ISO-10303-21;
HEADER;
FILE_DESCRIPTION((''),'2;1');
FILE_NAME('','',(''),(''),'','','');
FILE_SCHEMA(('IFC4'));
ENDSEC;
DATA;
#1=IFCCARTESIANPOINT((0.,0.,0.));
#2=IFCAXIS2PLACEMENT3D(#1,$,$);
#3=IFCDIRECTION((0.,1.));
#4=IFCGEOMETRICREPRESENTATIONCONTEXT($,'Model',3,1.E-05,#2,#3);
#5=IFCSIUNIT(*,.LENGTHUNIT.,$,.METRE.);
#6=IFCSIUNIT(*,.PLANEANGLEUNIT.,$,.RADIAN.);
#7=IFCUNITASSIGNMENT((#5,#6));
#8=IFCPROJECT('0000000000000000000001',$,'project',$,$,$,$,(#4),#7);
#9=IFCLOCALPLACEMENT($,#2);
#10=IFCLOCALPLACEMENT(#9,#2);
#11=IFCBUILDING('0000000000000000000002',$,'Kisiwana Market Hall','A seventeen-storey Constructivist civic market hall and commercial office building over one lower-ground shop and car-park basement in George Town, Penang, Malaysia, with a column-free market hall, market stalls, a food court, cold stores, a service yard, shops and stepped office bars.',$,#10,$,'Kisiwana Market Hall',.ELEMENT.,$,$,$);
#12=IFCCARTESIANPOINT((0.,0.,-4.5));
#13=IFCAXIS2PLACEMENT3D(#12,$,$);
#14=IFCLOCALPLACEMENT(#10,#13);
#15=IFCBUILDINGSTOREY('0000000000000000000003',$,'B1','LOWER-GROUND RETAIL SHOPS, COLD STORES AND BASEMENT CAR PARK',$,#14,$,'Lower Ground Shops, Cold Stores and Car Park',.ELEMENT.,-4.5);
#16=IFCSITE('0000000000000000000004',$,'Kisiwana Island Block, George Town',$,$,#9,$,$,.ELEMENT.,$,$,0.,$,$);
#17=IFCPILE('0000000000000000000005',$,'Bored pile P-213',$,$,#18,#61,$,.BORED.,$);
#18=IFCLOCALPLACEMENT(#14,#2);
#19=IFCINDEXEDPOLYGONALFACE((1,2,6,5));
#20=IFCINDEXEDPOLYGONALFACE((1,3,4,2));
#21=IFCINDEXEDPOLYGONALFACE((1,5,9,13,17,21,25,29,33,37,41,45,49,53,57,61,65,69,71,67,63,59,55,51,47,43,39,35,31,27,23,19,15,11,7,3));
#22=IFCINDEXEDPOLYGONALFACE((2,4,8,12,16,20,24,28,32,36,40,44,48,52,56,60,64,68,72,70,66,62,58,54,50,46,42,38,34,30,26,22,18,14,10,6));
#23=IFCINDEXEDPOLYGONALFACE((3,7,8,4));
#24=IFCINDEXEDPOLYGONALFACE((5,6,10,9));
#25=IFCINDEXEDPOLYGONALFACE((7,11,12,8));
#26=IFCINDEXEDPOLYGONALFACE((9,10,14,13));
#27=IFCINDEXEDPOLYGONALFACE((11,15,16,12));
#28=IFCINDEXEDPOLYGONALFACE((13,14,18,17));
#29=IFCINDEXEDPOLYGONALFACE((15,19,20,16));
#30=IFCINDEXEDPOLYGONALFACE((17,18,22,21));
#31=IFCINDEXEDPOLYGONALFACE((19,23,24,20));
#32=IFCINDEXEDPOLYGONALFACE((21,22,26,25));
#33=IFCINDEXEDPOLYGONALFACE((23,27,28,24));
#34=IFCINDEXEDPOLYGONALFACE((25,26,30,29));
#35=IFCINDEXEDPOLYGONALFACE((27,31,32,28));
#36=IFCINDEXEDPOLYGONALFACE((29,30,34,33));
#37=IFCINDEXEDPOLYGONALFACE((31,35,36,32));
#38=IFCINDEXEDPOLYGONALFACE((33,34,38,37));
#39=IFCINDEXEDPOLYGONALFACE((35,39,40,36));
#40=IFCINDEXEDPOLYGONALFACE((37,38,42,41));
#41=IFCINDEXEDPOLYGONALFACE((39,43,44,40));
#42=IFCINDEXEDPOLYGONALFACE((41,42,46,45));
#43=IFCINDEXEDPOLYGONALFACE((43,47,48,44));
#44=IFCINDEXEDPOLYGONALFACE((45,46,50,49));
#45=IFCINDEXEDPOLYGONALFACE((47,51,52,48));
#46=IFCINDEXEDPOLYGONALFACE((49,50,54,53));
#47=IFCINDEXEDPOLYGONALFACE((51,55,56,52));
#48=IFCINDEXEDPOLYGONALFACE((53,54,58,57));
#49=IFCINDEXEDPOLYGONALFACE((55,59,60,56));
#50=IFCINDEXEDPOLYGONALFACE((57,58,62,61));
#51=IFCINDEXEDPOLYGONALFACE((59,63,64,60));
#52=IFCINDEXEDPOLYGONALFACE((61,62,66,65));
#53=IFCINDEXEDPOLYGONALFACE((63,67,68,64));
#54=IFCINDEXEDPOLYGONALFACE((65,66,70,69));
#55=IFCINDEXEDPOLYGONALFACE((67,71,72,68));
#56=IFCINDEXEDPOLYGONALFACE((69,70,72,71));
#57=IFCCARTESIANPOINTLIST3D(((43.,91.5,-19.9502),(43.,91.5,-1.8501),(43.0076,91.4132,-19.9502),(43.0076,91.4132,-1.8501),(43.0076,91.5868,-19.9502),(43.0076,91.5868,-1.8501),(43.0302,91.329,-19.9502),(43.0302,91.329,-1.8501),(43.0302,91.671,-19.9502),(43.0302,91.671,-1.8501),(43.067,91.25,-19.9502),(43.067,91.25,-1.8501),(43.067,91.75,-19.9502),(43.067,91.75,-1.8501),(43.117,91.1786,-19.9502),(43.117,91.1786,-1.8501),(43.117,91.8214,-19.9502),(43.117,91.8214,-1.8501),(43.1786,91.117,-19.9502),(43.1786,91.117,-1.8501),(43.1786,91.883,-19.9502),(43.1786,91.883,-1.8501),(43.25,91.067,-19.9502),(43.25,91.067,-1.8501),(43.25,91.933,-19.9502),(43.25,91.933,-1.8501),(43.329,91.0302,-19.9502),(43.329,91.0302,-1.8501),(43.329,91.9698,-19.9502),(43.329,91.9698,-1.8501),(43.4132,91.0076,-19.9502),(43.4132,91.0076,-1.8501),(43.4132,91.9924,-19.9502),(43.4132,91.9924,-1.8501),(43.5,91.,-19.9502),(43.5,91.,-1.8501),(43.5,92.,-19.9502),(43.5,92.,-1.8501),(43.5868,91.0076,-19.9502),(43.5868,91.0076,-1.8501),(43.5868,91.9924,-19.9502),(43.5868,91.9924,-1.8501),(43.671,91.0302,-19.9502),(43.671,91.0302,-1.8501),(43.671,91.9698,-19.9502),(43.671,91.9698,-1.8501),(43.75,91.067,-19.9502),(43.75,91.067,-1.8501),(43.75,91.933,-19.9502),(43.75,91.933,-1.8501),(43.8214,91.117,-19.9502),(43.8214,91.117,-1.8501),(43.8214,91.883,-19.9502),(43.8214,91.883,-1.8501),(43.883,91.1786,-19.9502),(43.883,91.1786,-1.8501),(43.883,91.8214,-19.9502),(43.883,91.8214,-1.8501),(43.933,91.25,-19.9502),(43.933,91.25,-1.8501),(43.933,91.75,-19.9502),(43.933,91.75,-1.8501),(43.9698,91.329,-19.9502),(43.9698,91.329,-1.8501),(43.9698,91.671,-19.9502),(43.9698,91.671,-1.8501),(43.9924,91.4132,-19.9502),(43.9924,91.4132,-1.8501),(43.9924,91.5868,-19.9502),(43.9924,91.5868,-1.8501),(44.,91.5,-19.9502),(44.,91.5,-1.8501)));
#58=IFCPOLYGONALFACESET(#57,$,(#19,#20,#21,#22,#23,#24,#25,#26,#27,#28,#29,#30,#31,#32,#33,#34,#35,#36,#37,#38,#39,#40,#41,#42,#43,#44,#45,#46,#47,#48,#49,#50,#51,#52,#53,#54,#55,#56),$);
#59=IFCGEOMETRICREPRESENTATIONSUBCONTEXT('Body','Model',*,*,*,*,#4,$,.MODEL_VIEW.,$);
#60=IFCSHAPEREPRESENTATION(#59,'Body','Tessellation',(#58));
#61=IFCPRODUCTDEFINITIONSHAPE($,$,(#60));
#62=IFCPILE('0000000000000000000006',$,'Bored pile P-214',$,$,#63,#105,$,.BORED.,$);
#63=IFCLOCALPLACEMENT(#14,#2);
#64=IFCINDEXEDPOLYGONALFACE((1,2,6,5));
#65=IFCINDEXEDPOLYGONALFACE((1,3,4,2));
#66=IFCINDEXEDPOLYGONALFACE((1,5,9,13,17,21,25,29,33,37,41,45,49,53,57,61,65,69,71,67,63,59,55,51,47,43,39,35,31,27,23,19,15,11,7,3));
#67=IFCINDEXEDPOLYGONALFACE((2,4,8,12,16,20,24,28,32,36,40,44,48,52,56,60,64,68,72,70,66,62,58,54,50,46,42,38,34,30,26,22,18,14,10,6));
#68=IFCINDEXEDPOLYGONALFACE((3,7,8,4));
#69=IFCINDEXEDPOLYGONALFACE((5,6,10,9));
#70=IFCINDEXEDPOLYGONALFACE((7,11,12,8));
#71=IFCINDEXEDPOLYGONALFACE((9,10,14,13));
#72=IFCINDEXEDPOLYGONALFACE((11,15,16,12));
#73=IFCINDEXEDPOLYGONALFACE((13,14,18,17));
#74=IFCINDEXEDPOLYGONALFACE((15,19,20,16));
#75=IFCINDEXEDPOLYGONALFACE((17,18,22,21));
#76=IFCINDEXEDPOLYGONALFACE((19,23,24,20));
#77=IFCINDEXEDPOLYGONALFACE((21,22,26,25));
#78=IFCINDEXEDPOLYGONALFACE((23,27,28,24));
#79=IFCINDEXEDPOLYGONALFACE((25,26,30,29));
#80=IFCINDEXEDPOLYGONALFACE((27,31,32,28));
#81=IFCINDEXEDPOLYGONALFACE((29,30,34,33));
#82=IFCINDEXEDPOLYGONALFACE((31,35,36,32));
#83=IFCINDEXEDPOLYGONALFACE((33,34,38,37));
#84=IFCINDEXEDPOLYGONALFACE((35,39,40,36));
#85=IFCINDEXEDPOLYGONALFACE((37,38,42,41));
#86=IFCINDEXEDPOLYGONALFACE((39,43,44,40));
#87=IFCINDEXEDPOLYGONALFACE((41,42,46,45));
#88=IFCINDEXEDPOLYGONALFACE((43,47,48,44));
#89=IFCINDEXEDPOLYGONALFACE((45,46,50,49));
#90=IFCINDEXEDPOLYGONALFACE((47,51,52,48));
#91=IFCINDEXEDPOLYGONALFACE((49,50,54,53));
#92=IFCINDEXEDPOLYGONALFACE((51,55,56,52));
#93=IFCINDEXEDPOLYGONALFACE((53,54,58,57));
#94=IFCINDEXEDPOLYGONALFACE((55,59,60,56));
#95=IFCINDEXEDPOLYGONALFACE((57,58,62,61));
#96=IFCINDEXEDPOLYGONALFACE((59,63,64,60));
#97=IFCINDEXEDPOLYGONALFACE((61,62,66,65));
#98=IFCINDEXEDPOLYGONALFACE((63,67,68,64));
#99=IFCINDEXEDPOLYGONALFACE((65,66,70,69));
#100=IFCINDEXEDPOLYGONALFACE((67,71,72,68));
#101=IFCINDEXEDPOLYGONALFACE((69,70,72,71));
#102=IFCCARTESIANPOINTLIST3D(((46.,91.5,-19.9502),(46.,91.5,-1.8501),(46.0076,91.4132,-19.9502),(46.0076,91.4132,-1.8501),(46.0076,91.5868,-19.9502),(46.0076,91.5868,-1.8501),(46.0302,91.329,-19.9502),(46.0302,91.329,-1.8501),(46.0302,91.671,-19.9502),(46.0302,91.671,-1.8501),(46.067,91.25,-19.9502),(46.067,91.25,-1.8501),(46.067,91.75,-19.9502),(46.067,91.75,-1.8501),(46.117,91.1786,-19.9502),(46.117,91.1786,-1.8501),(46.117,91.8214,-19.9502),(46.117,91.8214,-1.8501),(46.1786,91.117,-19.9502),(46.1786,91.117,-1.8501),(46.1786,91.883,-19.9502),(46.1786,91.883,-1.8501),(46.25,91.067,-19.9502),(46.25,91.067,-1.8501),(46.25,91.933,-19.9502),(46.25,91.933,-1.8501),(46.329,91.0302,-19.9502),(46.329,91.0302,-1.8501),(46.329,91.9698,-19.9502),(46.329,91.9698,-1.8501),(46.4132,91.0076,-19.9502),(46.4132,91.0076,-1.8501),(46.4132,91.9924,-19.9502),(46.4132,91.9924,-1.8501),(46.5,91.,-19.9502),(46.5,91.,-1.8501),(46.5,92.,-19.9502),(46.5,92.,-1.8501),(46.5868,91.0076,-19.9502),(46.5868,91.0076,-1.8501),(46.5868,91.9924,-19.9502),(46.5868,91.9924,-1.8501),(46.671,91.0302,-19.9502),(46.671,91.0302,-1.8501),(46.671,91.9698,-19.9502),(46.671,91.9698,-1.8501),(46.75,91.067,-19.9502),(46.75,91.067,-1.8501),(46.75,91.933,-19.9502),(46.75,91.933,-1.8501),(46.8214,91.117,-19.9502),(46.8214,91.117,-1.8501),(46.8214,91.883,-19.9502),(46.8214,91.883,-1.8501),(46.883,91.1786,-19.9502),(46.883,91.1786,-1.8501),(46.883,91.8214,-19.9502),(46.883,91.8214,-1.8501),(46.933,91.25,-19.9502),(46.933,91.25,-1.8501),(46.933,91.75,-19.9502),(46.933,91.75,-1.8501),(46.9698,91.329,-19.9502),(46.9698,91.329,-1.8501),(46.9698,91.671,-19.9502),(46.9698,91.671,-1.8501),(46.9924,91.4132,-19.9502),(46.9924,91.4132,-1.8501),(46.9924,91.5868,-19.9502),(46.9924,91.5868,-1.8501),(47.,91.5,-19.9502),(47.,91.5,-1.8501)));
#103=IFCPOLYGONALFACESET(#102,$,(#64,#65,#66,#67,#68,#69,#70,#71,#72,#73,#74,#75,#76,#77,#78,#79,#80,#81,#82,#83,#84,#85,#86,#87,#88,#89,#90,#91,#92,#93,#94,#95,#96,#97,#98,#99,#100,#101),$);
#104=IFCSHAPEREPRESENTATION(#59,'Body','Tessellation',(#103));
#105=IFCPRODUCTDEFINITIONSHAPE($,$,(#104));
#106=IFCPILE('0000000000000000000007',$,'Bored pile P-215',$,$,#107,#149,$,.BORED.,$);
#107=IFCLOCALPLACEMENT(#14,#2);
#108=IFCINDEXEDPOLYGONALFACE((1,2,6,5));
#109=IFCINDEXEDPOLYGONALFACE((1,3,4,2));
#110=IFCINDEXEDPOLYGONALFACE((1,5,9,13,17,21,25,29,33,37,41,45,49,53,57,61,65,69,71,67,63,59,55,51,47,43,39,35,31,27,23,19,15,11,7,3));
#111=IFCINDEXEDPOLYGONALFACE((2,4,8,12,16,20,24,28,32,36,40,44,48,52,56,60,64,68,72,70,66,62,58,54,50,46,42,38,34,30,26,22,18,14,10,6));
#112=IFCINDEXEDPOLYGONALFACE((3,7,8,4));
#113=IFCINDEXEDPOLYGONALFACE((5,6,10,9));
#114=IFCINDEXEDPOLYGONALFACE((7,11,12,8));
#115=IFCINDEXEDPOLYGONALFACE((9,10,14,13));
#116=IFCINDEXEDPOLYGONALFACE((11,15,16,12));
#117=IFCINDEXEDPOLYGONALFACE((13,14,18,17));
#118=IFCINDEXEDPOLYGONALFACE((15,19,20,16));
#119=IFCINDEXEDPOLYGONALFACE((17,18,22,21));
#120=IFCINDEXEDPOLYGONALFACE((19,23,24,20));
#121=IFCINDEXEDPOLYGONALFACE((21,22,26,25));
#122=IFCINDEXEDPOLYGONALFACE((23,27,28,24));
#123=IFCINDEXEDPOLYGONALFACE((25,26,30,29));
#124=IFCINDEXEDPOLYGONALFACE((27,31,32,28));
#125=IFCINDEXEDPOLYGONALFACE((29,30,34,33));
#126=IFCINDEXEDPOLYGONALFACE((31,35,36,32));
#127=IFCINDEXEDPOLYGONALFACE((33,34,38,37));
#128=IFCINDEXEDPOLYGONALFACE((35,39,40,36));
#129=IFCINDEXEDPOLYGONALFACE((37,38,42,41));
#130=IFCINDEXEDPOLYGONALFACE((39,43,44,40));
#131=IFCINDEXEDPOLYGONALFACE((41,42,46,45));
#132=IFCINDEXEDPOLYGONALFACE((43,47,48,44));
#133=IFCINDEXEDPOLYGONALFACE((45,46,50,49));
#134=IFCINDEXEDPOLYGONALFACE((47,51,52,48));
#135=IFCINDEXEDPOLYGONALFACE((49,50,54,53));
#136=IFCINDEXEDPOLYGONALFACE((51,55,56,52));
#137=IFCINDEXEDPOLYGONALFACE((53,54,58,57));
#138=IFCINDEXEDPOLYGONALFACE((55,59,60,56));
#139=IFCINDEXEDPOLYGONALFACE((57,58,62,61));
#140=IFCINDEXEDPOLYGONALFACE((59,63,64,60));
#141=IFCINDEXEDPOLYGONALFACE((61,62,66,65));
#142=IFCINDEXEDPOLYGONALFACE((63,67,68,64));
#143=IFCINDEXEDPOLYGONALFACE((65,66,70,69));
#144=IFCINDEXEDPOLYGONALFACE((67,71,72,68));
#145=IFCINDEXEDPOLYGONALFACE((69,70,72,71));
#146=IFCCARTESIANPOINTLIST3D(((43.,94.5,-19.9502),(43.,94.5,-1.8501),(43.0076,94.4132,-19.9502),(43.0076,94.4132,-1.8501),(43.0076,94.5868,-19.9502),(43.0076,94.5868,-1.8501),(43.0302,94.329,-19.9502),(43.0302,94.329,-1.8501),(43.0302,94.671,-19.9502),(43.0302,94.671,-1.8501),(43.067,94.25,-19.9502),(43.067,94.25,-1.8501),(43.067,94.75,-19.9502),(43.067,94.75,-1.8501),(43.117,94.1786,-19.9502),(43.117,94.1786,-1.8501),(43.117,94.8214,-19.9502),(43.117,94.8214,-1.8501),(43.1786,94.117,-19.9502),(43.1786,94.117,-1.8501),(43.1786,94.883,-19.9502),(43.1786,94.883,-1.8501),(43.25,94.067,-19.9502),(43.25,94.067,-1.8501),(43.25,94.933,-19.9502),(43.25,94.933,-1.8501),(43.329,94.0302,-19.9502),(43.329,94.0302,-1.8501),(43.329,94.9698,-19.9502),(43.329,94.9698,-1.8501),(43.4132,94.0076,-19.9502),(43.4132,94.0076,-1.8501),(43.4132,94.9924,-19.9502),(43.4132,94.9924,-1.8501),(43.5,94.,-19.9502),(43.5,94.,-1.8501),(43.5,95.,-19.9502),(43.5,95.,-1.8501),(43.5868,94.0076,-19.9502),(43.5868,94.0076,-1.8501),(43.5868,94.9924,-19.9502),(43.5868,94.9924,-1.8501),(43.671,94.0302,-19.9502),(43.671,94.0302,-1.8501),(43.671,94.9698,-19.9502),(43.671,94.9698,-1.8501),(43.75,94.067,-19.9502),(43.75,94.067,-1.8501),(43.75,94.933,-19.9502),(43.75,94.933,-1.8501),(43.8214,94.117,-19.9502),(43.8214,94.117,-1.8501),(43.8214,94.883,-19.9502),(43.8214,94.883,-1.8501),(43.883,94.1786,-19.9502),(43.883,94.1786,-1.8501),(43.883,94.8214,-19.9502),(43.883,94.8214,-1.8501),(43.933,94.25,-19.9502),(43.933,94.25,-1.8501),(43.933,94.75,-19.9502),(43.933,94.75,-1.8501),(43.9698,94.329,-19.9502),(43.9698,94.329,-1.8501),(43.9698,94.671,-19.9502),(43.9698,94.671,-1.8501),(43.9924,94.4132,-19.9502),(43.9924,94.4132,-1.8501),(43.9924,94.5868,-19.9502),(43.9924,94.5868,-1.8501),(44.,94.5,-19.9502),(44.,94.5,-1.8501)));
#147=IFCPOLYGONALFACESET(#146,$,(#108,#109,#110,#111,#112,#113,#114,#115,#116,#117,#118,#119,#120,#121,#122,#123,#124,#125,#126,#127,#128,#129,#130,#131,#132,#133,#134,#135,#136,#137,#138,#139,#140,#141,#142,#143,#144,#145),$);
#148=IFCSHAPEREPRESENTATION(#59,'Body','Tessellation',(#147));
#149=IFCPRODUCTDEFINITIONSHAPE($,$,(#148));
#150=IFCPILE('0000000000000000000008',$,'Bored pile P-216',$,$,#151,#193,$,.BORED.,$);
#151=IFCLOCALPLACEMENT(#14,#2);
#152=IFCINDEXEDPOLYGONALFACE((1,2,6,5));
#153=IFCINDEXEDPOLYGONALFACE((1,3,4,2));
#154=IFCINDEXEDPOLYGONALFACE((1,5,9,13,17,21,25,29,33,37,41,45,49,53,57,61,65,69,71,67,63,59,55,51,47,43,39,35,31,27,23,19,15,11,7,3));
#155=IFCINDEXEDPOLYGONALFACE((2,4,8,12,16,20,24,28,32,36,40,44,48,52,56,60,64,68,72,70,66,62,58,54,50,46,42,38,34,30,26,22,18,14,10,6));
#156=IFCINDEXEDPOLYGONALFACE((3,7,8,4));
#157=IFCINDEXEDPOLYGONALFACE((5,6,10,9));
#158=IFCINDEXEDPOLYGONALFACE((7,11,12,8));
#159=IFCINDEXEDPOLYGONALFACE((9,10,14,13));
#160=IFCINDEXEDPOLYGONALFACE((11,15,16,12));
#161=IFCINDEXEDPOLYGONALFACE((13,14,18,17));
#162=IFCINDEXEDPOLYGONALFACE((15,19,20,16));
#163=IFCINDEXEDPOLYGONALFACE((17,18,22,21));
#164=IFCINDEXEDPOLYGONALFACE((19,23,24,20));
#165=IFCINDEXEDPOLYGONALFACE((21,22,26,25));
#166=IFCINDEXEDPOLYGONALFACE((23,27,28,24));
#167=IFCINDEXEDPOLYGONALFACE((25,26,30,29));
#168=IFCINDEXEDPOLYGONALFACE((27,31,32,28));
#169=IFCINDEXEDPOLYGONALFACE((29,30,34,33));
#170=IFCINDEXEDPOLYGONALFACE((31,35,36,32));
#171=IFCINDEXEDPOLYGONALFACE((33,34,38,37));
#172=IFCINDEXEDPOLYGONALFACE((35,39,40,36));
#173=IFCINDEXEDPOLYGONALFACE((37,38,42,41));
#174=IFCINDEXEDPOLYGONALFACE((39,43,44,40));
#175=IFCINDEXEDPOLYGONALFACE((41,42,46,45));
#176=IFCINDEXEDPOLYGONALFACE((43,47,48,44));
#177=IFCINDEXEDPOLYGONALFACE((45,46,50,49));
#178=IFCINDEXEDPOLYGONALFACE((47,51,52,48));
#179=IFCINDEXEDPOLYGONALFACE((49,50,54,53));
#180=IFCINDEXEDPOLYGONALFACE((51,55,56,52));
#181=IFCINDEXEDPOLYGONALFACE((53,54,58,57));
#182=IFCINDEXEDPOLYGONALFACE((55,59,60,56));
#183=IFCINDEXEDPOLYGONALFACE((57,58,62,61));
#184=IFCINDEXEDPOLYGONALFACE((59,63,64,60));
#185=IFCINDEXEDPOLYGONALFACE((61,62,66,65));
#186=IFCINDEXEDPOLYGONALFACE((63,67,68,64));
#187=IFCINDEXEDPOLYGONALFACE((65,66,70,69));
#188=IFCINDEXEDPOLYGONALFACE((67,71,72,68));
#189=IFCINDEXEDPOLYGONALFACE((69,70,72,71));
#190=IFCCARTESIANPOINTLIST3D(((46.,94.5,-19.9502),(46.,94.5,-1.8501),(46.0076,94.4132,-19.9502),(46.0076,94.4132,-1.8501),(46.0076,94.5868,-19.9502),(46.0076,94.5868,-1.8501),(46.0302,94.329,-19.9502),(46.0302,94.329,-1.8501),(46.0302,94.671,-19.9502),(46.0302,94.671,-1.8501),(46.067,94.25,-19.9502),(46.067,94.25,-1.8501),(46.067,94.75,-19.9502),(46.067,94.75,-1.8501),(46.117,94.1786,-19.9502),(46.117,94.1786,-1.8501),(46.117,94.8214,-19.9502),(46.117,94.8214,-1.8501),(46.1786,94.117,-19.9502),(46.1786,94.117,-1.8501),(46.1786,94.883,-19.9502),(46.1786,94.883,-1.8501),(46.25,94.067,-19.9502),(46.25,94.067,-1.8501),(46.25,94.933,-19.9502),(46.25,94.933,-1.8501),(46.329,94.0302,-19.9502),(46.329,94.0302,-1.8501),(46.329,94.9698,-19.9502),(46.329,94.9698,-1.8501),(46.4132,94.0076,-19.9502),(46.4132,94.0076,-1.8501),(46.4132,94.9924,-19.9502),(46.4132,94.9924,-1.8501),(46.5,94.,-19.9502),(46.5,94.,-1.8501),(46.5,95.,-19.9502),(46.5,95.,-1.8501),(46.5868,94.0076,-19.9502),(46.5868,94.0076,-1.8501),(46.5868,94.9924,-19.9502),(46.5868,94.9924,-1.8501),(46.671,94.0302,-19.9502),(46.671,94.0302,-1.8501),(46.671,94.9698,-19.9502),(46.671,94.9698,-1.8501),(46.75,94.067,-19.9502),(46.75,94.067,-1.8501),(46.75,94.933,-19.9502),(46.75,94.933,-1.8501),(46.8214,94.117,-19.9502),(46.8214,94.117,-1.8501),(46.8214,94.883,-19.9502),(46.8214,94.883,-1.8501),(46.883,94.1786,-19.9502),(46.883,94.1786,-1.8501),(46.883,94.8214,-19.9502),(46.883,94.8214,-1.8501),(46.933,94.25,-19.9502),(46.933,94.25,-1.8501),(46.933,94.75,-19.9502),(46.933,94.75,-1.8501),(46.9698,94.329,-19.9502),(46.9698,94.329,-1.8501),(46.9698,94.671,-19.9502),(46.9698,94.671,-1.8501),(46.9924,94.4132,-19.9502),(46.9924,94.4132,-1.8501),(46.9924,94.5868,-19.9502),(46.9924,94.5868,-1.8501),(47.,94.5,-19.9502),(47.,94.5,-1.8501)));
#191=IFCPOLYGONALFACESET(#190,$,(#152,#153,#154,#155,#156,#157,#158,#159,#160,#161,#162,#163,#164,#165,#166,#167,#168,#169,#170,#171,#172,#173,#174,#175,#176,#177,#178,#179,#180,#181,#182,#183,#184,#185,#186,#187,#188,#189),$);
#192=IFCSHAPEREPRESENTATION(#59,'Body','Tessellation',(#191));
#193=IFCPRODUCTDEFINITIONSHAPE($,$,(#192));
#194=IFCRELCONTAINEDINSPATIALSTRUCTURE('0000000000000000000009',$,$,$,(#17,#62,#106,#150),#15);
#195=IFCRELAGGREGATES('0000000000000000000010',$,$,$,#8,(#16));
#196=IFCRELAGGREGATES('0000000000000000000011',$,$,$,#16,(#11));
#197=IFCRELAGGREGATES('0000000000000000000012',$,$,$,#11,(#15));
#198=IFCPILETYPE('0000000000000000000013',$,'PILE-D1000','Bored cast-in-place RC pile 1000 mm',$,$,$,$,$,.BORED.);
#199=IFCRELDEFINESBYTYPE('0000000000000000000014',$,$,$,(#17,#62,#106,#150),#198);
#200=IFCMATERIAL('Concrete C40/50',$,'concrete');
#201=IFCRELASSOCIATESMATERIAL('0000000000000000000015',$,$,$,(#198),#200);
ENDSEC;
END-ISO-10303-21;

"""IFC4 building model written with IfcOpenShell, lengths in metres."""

from ifc_helpers import new_model, si_unit, direction, frame, origin, origin_2d, place, context, subcontext, project, spatial, circle, extrude, material, material_profile, profile_set, type_object, element, save


model = new_model("IFC4")

# Units and contexts
model_context = context("Model", 3, precision=1e-05, world=origin(), true_north=direction((0.0, 1.0)))
body_context = subcontext(model_context, "Body", "Model", "MODEL_VIEW")
ifc_project = project(units=[si_unit("LENGTHUNIT", "METRE"), si_unit("PLANEANGLEUNIT", "RADIAN")], contexts=[model_context])

# Site, building, storey
site_placement = place(None, origin())
site = spatial("IfcSite", under=ifc_project, at=site_placement, Name="Kisiwana Island Block, George Town", CompositionType="ELEMENT", RefElevation=0.0)
building_placement = place(site_placement, origin())
building = spatial("IfcBuilding", under=site, at=building_placement, Name="Kisiwana Market Hall", Description="A seventeen-storey Constructivist civic market hall and commercial office building over one lower-ground shop and car-park basement in George Town, Penang, Malaysia, with a column-free market hall, market stalls, a food court, cold stores, a service yard, shops and stepped office bars.", LongName="Kisiwana Market Hall", CompositionType="ELEMENT")
storey_placement = place(building_placement, frame((0.0, 0.0, -4.5)))
storey = spatial("IfcBuildingStorey", under=building, at=storey_placement, Name="B1", Description="LOWER-GROUND RETAIL SHOPS, COLD STORES AND BASEMENT CAR PARK", LongName="Lower Ground Shops, Cold Stores and Car Park", CompositionType="ELEMENT", Elevation=-4.5)

# Piles
ifc_material_1 = material(Name="Concrete C40/50", Category="concrete")
ifc_material_profile_1 = material_profile(ifc_material_1, circle(Radius=0.5, at=origin_2d()), Name="BP D1000")
ifc_profile_set_1 = profile_set([ifc_material_profile_1], Name="Concrete C40/50")
pile_type_1 = type_object("IfcPileType", Name="PILE-D1000", Description="Bored cast-in-place RC pile 1000 mm", PredefinedType="BORED", material=ifc_profile_set_1)
for number, where, z_axis, x_axis, name in (
    (1, (43.5, 91.5, -1.8501), (0.0, 0.0, -1.0), (1.0, 0.0, 0.0), "Bored pile P-213"),
    (2, (46.5, 91.5, -1.8501), (0.0, 0.0, -1.0), (1.0, 0.0, 0.0), "Bored pile P-214"),
    (3, (43.5, 94.5, -1.8501), (0.0, 0.0, -1.0), (1.0, 0.0, 0.0), "Bored pile P-215"),
    (4, (46.5, 94.5, -1.8501), (0.0, 0.0, -1.0), (1.0, 0.0, 0.0), "Bored pile P-216"),
):
    element("IfcPile", number, at=place(storey_placement, frame(where, z_axis=z_axis, x_axis=x_axis)), inside=storey, type_object=pile_type_1, Name=name, PredefinedType="BORED", context=body_context, shape_type="SweptSolid", body=[
        extrude(circle(Radius=0.5, at=origin_2d()), origin(), (0.0, 0.0, 1.0), 18.1001),
    ])

save(model, "model.ifc")
